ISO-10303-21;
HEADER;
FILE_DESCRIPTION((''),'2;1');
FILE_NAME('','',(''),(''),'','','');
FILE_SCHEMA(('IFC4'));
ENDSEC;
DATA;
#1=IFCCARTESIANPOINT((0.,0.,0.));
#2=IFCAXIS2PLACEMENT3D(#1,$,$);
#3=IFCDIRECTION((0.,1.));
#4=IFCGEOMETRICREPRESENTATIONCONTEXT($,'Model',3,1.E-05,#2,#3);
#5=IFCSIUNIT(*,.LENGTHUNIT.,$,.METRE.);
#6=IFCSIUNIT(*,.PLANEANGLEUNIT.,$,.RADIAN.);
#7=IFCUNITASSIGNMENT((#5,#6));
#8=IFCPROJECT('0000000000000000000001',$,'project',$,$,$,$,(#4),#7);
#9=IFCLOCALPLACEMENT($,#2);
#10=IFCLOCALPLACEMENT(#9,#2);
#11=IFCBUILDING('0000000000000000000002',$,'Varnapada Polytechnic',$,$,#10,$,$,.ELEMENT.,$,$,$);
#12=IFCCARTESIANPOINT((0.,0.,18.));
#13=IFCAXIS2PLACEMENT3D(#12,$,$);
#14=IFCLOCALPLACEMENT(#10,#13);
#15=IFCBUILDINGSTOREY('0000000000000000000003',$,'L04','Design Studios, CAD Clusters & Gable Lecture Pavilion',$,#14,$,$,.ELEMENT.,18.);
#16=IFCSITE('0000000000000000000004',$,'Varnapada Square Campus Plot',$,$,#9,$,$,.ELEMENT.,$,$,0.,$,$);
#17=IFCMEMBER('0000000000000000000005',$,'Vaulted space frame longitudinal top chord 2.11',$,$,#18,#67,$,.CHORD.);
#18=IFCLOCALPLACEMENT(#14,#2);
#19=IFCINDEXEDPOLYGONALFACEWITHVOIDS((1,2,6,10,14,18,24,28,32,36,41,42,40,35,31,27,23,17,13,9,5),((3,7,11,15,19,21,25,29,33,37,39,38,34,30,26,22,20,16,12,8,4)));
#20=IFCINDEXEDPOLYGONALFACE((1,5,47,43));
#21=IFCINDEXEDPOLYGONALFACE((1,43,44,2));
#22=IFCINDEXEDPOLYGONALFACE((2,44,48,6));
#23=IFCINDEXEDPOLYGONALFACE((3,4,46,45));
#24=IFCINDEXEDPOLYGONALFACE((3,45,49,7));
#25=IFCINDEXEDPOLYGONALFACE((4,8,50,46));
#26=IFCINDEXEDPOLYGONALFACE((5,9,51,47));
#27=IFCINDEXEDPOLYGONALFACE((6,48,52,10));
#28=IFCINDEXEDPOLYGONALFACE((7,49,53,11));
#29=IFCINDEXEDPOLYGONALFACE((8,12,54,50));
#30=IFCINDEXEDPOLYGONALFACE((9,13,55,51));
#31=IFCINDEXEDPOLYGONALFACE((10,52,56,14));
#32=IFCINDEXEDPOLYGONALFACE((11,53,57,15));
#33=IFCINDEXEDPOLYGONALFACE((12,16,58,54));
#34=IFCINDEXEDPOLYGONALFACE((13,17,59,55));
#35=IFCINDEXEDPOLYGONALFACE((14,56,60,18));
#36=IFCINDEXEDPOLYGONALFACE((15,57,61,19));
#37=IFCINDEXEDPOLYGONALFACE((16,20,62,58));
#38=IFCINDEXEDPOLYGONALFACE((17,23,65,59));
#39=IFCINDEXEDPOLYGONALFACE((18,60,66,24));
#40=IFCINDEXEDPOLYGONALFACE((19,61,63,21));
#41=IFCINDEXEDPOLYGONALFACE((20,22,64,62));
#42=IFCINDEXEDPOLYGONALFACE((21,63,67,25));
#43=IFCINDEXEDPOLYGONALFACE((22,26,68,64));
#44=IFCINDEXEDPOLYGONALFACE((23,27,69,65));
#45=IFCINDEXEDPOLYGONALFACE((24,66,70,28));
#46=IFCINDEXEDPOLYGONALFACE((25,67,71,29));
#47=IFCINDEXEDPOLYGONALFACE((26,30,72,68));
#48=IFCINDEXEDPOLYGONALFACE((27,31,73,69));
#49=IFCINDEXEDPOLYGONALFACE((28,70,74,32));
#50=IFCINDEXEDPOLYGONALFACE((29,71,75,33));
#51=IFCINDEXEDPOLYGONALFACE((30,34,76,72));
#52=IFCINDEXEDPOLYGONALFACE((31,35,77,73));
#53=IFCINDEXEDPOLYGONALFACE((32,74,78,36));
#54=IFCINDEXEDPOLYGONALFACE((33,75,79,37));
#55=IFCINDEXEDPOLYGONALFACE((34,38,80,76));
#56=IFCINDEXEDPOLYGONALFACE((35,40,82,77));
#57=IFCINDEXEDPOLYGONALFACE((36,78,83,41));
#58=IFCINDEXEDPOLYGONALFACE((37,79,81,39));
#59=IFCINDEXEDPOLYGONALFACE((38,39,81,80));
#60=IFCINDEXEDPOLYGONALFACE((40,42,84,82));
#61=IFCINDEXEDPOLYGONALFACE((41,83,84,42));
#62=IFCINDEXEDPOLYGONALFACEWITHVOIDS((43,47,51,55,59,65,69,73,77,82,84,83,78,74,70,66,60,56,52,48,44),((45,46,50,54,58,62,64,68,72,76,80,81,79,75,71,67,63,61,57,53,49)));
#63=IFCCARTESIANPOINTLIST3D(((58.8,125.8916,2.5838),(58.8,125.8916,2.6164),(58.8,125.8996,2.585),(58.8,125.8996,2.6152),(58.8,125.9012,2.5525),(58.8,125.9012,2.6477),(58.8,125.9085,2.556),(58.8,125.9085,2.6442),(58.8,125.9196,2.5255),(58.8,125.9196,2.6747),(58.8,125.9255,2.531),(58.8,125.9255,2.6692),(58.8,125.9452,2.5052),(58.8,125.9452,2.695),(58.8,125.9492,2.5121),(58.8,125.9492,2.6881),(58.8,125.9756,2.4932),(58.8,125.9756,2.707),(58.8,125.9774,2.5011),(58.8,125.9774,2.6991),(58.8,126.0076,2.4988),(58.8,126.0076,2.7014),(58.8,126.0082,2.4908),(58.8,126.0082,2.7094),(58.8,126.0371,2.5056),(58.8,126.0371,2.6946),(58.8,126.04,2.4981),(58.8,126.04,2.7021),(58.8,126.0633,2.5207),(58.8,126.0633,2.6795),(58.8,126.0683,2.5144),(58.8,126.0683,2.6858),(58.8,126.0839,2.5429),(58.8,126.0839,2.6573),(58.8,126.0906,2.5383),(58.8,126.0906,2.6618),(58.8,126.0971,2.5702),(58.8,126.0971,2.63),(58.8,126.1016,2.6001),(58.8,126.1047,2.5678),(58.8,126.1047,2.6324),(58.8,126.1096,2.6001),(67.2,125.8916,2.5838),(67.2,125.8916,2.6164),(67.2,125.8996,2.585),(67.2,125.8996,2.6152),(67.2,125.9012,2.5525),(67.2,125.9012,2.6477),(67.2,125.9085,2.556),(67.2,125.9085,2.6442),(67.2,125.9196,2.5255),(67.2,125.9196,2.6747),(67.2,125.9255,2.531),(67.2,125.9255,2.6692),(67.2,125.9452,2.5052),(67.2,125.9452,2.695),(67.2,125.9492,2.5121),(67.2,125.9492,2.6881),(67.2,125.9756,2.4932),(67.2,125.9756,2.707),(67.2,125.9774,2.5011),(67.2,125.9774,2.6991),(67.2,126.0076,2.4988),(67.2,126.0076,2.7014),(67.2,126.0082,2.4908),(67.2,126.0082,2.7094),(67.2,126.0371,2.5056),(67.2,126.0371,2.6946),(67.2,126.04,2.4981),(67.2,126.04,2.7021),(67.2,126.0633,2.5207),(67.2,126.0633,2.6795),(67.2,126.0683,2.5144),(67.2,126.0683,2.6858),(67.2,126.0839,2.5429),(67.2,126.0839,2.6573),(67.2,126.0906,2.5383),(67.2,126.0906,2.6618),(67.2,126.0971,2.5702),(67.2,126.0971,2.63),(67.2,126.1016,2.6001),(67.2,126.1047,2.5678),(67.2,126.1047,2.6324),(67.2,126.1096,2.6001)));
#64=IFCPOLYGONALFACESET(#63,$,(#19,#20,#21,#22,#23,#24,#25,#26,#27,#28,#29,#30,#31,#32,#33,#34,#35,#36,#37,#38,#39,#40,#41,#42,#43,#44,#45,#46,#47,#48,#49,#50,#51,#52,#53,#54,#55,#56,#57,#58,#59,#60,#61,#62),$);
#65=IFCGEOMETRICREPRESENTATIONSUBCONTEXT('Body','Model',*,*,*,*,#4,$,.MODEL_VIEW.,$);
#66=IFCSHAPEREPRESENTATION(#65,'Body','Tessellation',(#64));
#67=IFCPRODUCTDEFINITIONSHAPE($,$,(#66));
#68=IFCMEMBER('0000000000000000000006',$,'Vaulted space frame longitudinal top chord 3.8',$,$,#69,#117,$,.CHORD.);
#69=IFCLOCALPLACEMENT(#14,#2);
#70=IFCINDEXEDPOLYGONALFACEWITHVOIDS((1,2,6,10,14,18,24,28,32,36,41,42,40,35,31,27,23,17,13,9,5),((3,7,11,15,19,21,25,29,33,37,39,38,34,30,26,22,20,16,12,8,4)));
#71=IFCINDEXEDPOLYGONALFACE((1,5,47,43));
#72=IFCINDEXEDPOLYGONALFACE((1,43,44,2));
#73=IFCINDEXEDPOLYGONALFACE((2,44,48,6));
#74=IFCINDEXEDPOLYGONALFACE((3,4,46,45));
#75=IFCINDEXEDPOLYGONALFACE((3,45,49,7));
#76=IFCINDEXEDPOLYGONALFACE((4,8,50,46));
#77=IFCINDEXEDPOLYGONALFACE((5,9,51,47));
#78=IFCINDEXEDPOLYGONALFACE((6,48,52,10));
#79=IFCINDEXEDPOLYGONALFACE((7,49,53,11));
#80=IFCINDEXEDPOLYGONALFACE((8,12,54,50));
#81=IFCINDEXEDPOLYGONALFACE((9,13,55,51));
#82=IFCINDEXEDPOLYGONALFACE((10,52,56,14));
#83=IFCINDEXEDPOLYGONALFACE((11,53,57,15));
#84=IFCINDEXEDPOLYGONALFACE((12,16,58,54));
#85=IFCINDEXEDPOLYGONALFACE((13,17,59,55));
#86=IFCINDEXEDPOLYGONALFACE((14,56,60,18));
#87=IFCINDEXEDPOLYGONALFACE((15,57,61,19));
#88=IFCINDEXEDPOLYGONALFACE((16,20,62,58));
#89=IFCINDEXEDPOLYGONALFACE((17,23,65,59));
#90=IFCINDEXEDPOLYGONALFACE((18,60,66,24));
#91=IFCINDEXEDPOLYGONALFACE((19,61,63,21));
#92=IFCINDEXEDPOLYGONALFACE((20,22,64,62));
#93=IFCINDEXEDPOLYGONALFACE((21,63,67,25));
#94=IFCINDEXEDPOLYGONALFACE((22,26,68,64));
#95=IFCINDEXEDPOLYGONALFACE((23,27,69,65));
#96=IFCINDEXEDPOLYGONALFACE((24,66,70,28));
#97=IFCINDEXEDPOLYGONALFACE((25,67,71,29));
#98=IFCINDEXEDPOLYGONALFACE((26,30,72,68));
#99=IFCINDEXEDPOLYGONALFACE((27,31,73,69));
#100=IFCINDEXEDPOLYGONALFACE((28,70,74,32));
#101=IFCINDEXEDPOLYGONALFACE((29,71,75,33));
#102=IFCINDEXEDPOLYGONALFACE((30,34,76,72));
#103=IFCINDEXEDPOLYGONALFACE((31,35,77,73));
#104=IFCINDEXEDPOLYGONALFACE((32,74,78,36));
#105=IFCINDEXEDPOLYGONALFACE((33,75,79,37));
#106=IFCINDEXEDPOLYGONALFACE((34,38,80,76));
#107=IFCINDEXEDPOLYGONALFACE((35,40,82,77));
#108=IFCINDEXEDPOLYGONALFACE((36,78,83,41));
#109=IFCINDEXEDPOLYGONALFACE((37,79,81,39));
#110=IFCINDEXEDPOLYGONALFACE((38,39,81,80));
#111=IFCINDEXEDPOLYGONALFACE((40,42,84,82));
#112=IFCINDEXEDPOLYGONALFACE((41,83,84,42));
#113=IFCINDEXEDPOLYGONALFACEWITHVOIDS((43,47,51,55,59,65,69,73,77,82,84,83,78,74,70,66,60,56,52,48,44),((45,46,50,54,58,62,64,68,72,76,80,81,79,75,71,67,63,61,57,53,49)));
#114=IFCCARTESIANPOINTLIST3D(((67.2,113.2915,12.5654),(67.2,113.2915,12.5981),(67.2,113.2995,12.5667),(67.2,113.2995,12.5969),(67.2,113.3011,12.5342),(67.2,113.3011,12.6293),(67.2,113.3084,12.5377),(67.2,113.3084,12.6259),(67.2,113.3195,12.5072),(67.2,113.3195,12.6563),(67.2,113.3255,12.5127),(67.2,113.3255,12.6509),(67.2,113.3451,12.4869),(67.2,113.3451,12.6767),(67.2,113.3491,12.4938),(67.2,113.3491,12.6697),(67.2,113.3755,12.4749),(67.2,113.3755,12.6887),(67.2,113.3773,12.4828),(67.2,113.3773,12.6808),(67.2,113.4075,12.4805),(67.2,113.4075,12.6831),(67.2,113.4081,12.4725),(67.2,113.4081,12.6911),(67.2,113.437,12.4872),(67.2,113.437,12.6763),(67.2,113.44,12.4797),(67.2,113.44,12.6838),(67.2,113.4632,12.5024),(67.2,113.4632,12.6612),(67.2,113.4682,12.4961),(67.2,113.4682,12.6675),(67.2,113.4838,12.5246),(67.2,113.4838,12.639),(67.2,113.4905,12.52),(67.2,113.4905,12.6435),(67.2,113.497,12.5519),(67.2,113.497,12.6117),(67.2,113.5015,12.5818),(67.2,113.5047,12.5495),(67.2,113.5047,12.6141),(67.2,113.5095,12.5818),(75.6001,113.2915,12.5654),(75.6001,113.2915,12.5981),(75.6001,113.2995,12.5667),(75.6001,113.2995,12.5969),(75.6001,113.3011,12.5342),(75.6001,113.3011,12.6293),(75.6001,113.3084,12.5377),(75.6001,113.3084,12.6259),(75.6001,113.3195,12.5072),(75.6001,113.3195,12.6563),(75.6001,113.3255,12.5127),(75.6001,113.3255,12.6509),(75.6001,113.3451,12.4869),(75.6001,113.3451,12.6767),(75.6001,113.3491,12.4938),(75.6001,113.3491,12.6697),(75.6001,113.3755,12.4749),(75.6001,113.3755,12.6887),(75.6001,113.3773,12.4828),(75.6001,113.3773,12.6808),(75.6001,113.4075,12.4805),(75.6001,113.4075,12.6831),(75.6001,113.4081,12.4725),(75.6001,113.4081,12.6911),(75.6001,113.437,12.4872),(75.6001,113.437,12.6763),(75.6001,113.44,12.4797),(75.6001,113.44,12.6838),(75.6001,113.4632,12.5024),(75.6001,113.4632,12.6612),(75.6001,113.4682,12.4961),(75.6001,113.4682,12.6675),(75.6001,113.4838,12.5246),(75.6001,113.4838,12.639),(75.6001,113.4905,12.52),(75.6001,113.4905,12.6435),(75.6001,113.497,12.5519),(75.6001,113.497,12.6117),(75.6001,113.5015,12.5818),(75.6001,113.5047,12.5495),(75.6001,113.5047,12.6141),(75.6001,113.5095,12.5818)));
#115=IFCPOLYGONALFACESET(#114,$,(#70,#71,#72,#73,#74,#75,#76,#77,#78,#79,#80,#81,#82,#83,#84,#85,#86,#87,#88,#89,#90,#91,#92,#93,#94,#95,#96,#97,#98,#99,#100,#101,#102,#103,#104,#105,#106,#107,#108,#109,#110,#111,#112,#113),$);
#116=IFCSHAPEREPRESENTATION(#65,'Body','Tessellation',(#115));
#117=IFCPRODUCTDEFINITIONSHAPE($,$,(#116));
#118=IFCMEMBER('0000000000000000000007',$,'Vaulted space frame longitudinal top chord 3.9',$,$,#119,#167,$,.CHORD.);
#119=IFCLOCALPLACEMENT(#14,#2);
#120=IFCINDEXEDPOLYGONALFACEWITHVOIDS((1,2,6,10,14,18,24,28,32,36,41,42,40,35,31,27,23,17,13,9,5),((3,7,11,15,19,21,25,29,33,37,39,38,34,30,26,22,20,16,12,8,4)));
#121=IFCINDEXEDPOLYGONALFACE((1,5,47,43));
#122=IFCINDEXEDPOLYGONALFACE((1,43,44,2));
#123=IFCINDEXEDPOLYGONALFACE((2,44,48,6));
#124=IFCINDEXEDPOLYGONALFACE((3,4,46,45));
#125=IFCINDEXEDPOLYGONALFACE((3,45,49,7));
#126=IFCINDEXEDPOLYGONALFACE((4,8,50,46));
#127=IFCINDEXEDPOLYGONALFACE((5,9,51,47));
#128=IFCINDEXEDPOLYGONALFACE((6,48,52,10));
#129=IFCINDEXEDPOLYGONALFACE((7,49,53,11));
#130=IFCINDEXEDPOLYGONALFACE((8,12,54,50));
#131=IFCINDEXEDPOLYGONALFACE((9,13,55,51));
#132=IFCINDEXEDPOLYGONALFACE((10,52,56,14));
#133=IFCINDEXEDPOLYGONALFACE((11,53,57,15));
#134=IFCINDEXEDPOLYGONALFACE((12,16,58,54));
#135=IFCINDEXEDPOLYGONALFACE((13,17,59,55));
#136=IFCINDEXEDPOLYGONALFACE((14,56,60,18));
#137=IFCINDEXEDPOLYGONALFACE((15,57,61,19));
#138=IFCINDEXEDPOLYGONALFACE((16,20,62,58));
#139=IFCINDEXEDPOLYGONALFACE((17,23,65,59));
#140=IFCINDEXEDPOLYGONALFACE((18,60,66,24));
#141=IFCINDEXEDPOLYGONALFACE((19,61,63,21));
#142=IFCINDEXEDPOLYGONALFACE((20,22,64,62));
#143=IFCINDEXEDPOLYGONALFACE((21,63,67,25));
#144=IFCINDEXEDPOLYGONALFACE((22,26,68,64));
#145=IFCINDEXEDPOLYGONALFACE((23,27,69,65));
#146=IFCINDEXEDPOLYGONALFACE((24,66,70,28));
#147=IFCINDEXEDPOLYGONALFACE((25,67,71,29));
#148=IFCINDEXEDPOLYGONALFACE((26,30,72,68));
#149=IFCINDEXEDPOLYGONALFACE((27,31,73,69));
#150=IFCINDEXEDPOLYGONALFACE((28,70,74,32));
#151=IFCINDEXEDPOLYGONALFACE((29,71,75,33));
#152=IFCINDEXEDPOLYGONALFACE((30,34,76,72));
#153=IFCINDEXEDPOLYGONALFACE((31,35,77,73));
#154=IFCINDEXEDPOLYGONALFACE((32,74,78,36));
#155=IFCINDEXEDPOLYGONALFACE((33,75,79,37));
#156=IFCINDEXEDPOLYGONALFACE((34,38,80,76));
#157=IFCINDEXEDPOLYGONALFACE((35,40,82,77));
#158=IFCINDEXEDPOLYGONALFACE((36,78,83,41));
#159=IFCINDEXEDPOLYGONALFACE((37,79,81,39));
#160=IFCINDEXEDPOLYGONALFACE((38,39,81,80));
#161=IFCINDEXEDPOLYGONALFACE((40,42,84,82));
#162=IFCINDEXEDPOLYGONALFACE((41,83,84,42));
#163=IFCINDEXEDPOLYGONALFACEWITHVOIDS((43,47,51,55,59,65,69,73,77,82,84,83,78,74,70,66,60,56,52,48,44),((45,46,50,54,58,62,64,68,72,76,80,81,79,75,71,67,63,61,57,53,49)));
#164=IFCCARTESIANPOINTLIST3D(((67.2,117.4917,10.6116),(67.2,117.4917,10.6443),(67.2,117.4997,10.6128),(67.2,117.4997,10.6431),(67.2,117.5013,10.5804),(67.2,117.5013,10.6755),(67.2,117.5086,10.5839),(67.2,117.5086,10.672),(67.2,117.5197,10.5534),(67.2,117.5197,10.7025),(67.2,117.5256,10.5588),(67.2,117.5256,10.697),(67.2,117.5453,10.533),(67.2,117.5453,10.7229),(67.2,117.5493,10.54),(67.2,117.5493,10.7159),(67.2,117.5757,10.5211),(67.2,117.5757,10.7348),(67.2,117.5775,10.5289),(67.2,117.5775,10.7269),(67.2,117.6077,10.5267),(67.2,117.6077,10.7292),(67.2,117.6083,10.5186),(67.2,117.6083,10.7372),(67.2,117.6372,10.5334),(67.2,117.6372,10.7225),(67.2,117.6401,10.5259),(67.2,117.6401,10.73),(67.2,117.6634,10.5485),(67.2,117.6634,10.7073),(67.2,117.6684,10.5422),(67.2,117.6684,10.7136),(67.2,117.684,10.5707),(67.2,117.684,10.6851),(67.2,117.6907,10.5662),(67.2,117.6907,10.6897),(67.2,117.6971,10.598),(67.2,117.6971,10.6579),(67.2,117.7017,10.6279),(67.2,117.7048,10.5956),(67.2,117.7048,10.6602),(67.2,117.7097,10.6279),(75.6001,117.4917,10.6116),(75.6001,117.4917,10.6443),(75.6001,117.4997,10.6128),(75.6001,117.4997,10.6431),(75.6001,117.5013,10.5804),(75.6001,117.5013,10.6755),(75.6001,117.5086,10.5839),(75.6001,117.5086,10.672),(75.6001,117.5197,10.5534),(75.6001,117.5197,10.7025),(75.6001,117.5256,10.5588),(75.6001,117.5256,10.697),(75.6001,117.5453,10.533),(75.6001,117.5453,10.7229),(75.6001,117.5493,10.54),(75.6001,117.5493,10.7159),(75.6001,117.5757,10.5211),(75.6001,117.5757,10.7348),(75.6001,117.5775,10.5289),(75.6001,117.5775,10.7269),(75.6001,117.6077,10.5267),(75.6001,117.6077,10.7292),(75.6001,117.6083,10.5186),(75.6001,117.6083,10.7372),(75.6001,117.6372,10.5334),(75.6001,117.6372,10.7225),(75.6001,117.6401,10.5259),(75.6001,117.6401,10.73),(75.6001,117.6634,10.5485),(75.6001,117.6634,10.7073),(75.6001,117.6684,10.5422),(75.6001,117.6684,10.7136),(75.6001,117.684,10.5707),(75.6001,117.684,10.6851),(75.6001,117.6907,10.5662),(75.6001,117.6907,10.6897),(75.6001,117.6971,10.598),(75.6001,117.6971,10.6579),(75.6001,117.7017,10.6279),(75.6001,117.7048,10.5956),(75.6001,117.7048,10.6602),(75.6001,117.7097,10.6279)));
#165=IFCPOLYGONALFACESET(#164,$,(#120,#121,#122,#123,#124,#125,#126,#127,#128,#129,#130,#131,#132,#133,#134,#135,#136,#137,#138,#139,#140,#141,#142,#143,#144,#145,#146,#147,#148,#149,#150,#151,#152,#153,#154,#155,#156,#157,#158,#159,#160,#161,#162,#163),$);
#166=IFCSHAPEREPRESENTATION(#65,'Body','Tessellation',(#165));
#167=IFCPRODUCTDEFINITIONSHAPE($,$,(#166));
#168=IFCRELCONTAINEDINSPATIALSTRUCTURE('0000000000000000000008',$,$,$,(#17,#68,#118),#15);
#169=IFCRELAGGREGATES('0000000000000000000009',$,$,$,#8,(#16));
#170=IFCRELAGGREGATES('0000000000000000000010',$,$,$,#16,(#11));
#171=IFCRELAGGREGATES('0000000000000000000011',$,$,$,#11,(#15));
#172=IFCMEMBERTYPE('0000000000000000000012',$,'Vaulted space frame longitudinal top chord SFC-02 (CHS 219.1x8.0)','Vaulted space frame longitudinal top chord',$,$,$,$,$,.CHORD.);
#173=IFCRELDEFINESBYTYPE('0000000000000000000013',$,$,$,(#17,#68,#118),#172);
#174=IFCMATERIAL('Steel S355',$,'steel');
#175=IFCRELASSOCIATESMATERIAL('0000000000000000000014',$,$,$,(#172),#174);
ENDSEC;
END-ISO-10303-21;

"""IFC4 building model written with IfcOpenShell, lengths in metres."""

from ifc_helpers import new_model, si_unit, direction, frame, origin, origin_2d, place, context, subcontext, project, spatial, hollow_circle, extrude, material, material_profile, profile_set, type_object, element, save


model = new_model("IFC4")

# Units and contexts
model_context = context("Model", 3, precision=1e-05, world=origin(), true_north=direction((0.0, 1.0)))
body_context = subcontext(model_context, "Body", "Model", "MODEL_VIEW")
ifc_project = project(units=[si_unit("LENGTHUNIT", "METRE"), si_unit("PLANEANGLEUNIT", "RADIAN")], contexts=[model_context])

# Site, building, storey
site_placement = place(None, origin())
site = spatial("IfcSite", under=ifc_project, at=site_placement, Name="Varnapada Square Campus Plot", CompositionType="ELEMENT", RefElevation=0.0)
building_placement = place(site_placement, origin())
building = spatial("IfcBuilding", under=site, at=building_placement, Name="Varnapada Polytechnic", CompositionType="ELEMENT")
storey_placement = place(building_placement, frame((0.0, 0.0, 18.0)))
storey = spatial("IfcBuildingStorey", under=building, at=storey_placement, Name="L04", Description="Design Studios, CAD Clusters & Gable Lecture Pavilion", CompositionType="ELEMENT", Elevation=18.0)

# Shared definitions
ifc_material = material(Name="Steel S355", Category="steel")

# Members
ifc_material_profile_1 = material_profile(ifc_material, hollow_circle(Radius=0.1096, WallThickness=0.0081, at=origin_2d()), Name="CHS 219.1x8.0")
ifc_profile_set_1 = profile_set([ifc_material_profile_1], Name="Steel S355")
member_type_1 = type_object("IfcMemberType", Name="Vaulted space frame longitudinal top chord SFC-02 (CHS 219.1x8.0)", Description="Vaulted space frame longitudinal top chord", PredefinedType="CHORD", material=ifc_profile_set_1)
for number, where, z_axis, x_axis, name in (
    (1, (58.8, 126.0, 2.6001), (1.0, 0.0, 0.0), (0.0, 1.0, 0.0), "Vaulted space frame longitudinal top chord 2.11"),
):
    element("IfcMember", number, at=place(storey_placement, frame(where, z_axis=z_axis, x_axis=x_axis)), inside=storey, type_object=member_type_1, Name=name, PredefinedType="CHORD", context=body_context, shape_type="SweptSolid", body=[
        extrude(hollow_circle(Radius=0.1096, WallThickness=0.0081, at=origin_2d()), origin(), (0.0, 0.0, 1.0), 8.3999),
    ])
for number, where, z_axis, x_axis, name in (
    (2, (67.2, 113.3999, 12.5818), (1.0, 0.0, 0.0), (0.0, 1.0, 0.0), "Vaulted space frame longitudinal top chord 3.8"),
    (3, (67.2, 117.6001, 10.6279), (1.0, 0.0, 0.0), (0.0, 1.0, 0.0), "Vaulted space frame longitudinal top chord 3.9"),
):
    element("IfcMember", number, at=place(storey_placement, frame(where, z_axis=z_axis, x_axis=x_axis)), inside=storey, type_object=member_type_1, Name=name, PredefinedType="CHORD", context=body_context, shape_type="SweptSolid", body=[
        extrude(hollow_circle(Radius=0.1096, WallThickness=0.0081, at=origin_2d()), origin(), (0.0, 0.0, 1.0), 8.4001),
    ])

save(model, "model.ifc")
